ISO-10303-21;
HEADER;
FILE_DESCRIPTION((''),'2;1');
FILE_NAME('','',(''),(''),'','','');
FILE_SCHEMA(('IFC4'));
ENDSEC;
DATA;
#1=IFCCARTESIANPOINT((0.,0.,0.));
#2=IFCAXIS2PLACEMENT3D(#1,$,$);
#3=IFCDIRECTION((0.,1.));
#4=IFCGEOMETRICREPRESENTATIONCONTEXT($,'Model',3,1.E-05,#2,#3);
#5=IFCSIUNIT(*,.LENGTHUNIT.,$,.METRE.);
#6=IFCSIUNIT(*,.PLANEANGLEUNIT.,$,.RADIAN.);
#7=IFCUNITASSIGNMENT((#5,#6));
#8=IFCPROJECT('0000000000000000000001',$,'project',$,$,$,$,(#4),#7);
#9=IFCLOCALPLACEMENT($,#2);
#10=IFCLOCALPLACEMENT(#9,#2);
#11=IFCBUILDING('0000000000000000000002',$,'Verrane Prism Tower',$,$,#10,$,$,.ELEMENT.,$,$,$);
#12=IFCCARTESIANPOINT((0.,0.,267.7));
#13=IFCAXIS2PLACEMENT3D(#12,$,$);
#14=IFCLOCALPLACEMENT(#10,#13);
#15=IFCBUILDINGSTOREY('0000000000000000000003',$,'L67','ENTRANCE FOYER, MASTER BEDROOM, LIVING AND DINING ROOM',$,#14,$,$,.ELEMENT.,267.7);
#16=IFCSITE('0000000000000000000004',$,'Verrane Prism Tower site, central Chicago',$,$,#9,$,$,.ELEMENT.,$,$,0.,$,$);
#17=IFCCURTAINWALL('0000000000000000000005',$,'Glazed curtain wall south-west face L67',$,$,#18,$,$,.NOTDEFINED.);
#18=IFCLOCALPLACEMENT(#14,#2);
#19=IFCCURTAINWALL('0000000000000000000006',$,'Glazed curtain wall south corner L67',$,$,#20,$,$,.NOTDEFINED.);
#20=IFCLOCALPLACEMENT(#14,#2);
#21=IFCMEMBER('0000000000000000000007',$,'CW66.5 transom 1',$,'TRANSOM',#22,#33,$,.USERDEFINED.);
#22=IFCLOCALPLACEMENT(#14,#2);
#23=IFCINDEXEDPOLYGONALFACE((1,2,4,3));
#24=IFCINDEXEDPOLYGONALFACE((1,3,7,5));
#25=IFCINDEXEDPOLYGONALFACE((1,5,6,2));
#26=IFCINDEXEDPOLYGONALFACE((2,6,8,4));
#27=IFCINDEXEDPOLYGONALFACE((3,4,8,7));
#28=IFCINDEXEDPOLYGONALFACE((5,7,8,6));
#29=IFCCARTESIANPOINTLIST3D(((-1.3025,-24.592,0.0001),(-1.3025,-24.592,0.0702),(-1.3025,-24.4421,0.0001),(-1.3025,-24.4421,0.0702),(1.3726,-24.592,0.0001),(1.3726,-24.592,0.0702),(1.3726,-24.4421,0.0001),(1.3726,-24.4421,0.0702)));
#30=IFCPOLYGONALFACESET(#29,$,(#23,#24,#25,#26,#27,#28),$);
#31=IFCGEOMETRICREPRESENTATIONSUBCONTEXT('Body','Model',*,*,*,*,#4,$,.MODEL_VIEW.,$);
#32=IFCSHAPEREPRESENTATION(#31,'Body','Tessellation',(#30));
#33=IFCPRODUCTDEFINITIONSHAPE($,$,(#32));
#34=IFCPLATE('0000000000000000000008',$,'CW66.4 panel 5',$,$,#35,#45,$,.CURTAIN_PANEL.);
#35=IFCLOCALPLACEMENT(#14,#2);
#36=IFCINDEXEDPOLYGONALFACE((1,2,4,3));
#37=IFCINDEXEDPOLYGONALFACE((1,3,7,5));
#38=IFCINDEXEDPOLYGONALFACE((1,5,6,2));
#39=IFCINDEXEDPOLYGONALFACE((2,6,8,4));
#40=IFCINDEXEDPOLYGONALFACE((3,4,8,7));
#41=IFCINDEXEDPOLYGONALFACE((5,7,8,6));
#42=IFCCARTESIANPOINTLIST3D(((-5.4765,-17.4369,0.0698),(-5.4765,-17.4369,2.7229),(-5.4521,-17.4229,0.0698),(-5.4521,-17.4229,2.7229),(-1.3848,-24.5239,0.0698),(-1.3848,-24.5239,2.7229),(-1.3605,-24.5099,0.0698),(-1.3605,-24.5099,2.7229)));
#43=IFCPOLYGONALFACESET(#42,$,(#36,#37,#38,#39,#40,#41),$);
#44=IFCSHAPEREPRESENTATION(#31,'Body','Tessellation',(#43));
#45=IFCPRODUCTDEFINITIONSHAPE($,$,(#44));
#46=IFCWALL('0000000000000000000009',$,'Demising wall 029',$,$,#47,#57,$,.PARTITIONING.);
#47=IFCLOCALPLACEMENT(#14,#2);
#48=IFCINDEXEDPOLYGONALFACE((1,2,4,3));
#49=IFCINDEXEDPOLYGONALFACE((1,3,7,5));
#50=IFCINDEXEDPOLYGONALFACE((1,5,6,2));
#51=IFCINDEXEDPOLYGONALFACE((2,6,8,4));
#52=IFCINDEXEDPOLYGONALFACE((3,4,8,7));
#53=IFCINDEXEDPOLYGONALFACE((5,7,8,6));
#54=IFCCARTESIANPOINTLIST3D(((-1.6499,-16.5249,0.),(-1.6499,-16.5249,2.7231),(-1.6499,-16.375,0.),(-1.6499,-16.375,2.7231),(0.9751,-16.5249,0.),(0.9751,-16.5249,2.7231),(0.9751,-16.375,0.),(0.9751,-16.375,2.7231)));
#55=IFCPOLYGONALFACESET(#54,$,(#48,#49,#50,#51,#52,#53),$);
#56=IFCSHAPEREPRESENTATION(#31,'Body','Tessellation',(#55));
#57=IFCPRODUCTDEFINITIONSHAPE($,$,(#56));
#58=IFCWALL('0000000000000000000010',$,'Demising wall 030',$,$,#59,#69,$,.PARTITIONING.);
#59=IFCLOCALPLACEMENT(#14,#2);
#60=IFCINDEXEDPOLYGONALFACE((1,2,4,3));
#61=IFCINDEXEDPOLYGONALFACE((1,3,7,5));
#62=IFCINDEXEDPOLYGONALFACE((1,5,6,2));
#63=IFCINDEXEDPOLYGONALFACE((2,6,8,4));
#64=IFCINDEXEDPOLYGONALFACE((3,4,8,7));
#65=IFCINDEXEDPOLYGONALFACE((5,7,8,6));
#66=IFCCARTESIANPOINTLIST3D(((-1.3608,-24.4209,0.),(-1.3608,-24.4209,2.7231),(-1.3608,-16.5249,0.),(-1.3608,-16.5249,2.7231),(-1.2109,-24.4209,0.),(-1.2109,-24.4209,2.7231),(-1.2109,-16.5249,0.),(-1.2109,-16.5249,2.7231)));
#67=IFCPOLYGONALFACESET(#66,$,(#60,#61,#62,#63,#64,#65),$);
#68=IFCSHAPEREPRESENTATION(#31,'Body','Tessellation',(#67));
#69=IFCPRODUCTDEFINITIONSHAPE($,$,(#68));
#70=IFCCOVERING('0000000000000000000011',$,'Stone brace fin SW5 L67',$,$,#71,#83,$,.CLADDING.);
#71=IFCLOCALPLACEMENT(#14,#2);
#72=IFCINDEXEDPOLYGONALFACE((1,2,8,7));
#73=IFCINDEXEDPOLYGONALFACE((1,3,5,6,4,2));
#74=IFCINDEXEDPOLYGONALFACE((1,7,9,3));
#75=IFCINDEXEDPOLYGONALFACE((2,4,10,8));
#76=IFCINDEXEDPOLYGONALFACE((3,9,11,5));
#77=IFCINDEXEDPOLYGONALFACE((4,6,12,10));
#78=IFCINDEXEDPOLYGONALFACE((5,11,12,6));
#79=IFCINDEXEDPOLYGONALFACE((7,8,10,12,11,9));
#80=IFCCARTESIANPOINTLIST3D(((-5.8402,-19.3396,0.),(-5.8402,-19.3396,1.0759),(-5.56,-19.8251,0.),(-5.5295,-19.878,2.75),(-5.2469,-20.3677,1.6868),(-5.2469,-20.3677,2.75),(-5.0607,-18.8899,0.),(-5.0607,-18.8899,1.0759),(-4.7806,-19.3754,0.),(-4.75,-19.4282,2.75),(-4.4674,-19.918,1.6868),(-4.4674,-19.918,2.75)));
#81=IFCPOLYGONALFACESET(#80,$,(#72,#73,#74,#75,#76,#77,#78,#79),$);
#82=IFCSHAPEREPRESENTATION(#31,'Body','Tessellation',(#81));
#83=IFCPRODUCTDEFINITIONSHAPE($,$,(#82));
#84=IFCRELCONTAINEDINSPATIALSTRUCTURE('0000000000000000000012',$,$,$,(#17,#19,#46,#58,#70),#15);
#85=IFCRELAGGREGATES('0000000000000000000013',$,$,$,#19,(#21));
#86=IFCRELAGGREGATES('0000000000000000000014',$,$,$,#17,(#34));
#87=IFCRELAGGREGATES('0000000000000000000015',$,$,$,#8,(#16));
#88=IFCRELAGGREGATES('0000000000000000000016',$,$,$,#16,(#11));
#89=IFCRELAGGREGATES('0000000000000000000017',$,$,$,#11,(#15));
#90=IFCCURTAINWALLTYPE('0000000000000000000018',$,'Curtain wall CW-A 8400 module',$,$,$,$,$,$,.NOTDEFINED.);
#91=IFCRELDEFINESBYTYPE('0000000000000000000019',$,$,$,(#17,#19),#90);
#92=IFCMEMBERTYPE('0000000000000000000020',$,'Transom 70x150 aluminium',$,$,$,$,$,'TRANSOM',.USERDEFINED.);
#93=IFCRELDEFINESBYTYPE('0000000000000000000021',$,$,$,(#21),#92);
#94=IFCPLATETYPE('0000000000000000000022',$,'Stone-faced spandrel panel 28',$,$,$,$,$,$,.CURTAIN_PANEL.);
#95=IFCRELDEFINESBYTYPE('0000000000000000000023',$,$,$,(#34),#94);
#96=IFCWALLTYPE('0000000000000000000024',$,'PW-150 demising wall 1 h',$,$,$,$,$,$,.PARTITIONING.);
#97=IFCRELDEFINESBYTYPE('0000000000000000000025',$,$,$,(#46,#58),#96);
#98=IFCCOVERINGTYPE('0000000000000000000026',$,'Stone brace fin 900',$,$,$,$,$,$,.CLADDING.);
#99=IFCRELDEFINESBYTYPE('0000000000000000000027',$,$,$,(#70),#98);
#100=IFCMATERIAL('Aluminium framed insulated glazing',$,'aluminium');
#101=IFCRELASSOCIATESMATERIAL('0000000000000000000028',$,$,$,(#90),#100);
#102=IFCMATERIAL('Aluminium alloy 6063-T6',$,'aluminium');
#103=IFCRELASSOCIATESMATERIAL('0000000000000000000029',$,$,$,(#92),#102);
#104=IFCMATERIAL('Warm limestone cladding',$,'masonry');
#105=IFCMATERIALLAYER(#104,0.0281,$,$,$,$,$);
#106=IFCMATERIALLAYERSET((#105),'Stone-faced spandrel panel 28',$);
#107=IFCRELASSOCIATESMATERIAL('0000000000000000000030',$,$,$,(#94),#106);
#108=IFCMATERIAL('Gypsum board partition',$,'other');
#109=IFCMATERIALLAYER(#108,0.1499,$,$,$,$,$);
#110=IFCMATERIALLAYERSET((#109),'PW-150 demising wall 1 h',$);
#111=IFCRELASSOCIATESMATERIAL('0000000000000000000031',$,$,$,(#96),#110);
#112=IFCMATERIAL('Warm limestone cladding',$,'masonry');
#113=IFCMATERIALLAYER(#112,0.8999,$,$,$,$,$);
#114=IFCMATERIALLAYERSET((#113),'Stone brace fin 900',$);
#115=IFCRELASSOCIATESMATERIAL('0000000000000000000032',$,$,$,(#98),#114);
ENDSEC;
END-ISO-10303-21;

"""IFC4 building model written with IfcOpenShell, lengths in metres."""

from ifc_helpers import new_model, si_unit, direction, frame, frame_2d, origin, origin_2d, place, context, subcontext, project, spatial, polyline, rectangle, outline, extrude, material, layer, layer_set, material_profile, profile_set, type_object, element, aggregate, save


model = new_model("IFC4")

# Units and contexts
model_context = context("Model", 3, precision=1e-05, world=origin(), true_north=direction((0.0, 1.0)))
body_context = subcontext(model_context, "Body", "Model", "MODEL_VIEW")
ifc_project = project(units=[si_unit("LENGTHUNIT", "METRE"), si_unit("PLANEANGLEUNIT", "RADIAN")], contexts=[model_context])

# Site, building, storey
site_placement = place(None, origin())
site = spatial("IfcSite", under=ifc_project, at=site_placement, Name="Verrane Prism Tower site, central Chicago", CompositionType="ELEMENT", RefElevation=0.0)
building_placement = place(site_placement, origin())
building = spatial("IfcBuilding", under=site, at=building_placement, Name="Verrane Prism Tower", CompositionType="ELEMENT")
storey_placement = place(building_placement, frame((0.0, 0.0, 267.7)))
storey = spatial("IfcBuildingStorey", under=building, at=storey_placement, Name="L67", Description="ENTRANCE FOYER, MASTER BEDROOM, LIVING AND DINING ROOM", CompositionType="ELEMENT", Elevation=267.7)

# Curtain walls
ifc_material_1 = material(Name="Aluminium framed insulated glazing", Category="aluminium")
curtain_wall_type = type_object("IfcCurtainWallType", Name="Curtain wall CW-A 8400 module", PredefinedType="NOTDEFINED", material=ifc_material_1)
curtain_wall_1_placement = place(storey_placement, origin())
curtain_wall_1 = element("IfcCurtainWall", 1, at=curtain_wall_1_placement, inside=storey, type_object=curtain_wall_type, Name="Glazed curtain wall south-west face L67", PredefinedType="NOTDEFINED")
curtain_wall_2_placement = place(storey_placement, origin())
curtain_wall_2 = element("IfcCurtainWall", 2, at=curtain_wall_2_placement, inside=storey, type_object=curtain_wall_type, Name="Glazed curtain wall south corner L67", PredefinedType="NOTDEFINED")

# Member
ifc_material_2 = material(Name="Aluminium alloy 6063-T6", Category="aluminium")
ifc_material_profile_1 = material_profile(ifc_material_2, rectangle(XDim=0.1499, YDim=0.0701, at=origin_2d()), Name="Transom 70x150 aluminium")
ifc_profile_set_1 = profile_set([ifc_material_profile_1], Name="Aluminium alloy 6063-T6")
member_type_1 = type_object("IfcMemberType", Name="Transom 70x150 aluminium", ElementType="TRANSOM", PredefinedType="USERDEFINED", material=ifc_profile_set_1)
member_1_placement = place(storey_placement, frame((-1.3025, -24.5171, 0.0352), z_axis=(1.0, 0.0, 0.0), x_axis=(0.0, 1.0, 0.0)))
member_1 = element("IfcMember", 3, at=member_1_placement, type_object=member_type_1, Name="CW66.5 transom 1", ObjectType="TRANSOM", PredefinedType="USERDEFINED", context=body_context, shape_type="SweptSolid", body=[
    extrude(rectangle(XDim=0.1499, YDim=0.0701, at=origin_2d()), origin(), (0.0, 0.0, 1.0), 2.675),
])
aggregate(curtain_wall_2, [member_1])

# Plate
ifc_material_3 = material(Name="Warm limestone cladding", Category="masonry")
ifc_layer_1 = layer(ifc_material_3, 0.0281)
ifc_layer_set_1 = layer_set([ifc_layer_1], Name="Stone-faced spandrel panel 28")
plate_type = type_object("IfcPlateType", Name="Stone-faced spandrel panel 28", PredefinedType="CURTAIN_PANEL", material=ifc_layer_set_1)
plate_placement = place(storey_placement, frame((-3.4185, -20.9734, 0.0698), z_axis=(0.0, 0.0, 1.0), x_axis=(0.500001, -0.866025, 0.0)))
plate = element("IfcPlate", 4, at=plate_placement, type_object=plate_type, Name="CW66.4 panel 5", PredefinedType="CURTAIN_PANEL", context=body_context, shape_type="SweptSolid", body=[
    extrude(rectangle(XDim=8.1833, YDim=0.0281, at=origin_2d()), origin(), (0.0, 0.0, 1.0), 2.6531),
])
aggregate(curtain_wall_1, [plate])

# Walls
ifc_material_4 = material(Name="Gypsum board partition", Category="other")
ifc_layer_2 = layer(ifc_material_4, 0.1499)
ifc_layer_set_2 = layer_set([ifc_layer_2], Name="PW-150 demising wall 1 h")
wall_type = type_object("IfcWallType", Name="PW-150 demising wall 1 h", PredefinedType="PARTITIONING", material=ifc_layer_set_2)
wall_1_placement = place(storey_placement, frame((-1.6499, -16.45, 0.0), z_axis=(0.0, 0.0, 1.0), x_axis=(1.0, 0.0, 0.0)))
element("IfcWall", 5, at=wall_1_placement, inside=storey, type_object=wall_type, Name="Demising wall 029", PredefinedType="PARTITIONING", context=body_context, shape_type="SweptSolid", body=[
    extrude(rectangle(XDim=2.625, YDim=0.1499, at=frame_2d((1.3125, 0.0))), origin(), (0.0, 0.0, 1.0), 2.7231),
])
wall_2_placement = place(storey_placement, frame((-1.2859, -24.4209, 0.0), z_axis=(0.0, 0.0, 1.0), x_axis=(0.0, 1.0, 0.0)))
element("IfcWall", 6, at=wall_2_placement, inside=storey, type_object=wall_type, Name="Demising wall 030", PredefinedType="PARTITIONING", context=body_context, shape_type="SweptSolid", body=[
    extrude(rectangle(XDim=7.896, YDim=0.1499, at=frame_2d((3.948, 0.0))), origin(), (0.0, 0.0, 1.0), 2.7231),
])

# Covering
ifc_material_5 = material(Name="Warm limestone cladding", Category="masonry")
ifc_layer_3 = layer(ifc_material_5, 0.8999)
ifc_layer_set_3 = layer_set([ifc_layer_3], Name="Stone brace fin 900")
covering_type = type_object("IfcCoveringType", Name="Stone brace fin 900", PredefinedType="CLADDING", material=ifc_layer_set_3)
covering_placement = place(storey_placement, frame((-5.4504, -19.1147, 0.0), z_axis=(0.0, 0.0, 1.0), x_axis=(0.499811, -0.866134, 0.0)))
element("IfcCovering", 7, at=covering_placement, inside=storey, type_object=covering_type, Name="Stone brace fin SW5 L67", PredefinedType="CLADDING", context=body_context, shape_type="SweptSolid", body=[
    extrude(outline(polyline([(1.187, 2.75), (0.6216, 2.75), (0.0, 1.0759), (0.0, 0.0), (0.5605, 0.0), (1.187, 1.6868), (1.187, 2.75)])), frame((0.0, 0.45, 0.0), z_axis=(0.0, -1.0, 0.0), x_axis=(1.0, 0.0, 0.0)), (0.0, 0.0, 1.0), 0.8999),
])

save(model, "model.ifc")
